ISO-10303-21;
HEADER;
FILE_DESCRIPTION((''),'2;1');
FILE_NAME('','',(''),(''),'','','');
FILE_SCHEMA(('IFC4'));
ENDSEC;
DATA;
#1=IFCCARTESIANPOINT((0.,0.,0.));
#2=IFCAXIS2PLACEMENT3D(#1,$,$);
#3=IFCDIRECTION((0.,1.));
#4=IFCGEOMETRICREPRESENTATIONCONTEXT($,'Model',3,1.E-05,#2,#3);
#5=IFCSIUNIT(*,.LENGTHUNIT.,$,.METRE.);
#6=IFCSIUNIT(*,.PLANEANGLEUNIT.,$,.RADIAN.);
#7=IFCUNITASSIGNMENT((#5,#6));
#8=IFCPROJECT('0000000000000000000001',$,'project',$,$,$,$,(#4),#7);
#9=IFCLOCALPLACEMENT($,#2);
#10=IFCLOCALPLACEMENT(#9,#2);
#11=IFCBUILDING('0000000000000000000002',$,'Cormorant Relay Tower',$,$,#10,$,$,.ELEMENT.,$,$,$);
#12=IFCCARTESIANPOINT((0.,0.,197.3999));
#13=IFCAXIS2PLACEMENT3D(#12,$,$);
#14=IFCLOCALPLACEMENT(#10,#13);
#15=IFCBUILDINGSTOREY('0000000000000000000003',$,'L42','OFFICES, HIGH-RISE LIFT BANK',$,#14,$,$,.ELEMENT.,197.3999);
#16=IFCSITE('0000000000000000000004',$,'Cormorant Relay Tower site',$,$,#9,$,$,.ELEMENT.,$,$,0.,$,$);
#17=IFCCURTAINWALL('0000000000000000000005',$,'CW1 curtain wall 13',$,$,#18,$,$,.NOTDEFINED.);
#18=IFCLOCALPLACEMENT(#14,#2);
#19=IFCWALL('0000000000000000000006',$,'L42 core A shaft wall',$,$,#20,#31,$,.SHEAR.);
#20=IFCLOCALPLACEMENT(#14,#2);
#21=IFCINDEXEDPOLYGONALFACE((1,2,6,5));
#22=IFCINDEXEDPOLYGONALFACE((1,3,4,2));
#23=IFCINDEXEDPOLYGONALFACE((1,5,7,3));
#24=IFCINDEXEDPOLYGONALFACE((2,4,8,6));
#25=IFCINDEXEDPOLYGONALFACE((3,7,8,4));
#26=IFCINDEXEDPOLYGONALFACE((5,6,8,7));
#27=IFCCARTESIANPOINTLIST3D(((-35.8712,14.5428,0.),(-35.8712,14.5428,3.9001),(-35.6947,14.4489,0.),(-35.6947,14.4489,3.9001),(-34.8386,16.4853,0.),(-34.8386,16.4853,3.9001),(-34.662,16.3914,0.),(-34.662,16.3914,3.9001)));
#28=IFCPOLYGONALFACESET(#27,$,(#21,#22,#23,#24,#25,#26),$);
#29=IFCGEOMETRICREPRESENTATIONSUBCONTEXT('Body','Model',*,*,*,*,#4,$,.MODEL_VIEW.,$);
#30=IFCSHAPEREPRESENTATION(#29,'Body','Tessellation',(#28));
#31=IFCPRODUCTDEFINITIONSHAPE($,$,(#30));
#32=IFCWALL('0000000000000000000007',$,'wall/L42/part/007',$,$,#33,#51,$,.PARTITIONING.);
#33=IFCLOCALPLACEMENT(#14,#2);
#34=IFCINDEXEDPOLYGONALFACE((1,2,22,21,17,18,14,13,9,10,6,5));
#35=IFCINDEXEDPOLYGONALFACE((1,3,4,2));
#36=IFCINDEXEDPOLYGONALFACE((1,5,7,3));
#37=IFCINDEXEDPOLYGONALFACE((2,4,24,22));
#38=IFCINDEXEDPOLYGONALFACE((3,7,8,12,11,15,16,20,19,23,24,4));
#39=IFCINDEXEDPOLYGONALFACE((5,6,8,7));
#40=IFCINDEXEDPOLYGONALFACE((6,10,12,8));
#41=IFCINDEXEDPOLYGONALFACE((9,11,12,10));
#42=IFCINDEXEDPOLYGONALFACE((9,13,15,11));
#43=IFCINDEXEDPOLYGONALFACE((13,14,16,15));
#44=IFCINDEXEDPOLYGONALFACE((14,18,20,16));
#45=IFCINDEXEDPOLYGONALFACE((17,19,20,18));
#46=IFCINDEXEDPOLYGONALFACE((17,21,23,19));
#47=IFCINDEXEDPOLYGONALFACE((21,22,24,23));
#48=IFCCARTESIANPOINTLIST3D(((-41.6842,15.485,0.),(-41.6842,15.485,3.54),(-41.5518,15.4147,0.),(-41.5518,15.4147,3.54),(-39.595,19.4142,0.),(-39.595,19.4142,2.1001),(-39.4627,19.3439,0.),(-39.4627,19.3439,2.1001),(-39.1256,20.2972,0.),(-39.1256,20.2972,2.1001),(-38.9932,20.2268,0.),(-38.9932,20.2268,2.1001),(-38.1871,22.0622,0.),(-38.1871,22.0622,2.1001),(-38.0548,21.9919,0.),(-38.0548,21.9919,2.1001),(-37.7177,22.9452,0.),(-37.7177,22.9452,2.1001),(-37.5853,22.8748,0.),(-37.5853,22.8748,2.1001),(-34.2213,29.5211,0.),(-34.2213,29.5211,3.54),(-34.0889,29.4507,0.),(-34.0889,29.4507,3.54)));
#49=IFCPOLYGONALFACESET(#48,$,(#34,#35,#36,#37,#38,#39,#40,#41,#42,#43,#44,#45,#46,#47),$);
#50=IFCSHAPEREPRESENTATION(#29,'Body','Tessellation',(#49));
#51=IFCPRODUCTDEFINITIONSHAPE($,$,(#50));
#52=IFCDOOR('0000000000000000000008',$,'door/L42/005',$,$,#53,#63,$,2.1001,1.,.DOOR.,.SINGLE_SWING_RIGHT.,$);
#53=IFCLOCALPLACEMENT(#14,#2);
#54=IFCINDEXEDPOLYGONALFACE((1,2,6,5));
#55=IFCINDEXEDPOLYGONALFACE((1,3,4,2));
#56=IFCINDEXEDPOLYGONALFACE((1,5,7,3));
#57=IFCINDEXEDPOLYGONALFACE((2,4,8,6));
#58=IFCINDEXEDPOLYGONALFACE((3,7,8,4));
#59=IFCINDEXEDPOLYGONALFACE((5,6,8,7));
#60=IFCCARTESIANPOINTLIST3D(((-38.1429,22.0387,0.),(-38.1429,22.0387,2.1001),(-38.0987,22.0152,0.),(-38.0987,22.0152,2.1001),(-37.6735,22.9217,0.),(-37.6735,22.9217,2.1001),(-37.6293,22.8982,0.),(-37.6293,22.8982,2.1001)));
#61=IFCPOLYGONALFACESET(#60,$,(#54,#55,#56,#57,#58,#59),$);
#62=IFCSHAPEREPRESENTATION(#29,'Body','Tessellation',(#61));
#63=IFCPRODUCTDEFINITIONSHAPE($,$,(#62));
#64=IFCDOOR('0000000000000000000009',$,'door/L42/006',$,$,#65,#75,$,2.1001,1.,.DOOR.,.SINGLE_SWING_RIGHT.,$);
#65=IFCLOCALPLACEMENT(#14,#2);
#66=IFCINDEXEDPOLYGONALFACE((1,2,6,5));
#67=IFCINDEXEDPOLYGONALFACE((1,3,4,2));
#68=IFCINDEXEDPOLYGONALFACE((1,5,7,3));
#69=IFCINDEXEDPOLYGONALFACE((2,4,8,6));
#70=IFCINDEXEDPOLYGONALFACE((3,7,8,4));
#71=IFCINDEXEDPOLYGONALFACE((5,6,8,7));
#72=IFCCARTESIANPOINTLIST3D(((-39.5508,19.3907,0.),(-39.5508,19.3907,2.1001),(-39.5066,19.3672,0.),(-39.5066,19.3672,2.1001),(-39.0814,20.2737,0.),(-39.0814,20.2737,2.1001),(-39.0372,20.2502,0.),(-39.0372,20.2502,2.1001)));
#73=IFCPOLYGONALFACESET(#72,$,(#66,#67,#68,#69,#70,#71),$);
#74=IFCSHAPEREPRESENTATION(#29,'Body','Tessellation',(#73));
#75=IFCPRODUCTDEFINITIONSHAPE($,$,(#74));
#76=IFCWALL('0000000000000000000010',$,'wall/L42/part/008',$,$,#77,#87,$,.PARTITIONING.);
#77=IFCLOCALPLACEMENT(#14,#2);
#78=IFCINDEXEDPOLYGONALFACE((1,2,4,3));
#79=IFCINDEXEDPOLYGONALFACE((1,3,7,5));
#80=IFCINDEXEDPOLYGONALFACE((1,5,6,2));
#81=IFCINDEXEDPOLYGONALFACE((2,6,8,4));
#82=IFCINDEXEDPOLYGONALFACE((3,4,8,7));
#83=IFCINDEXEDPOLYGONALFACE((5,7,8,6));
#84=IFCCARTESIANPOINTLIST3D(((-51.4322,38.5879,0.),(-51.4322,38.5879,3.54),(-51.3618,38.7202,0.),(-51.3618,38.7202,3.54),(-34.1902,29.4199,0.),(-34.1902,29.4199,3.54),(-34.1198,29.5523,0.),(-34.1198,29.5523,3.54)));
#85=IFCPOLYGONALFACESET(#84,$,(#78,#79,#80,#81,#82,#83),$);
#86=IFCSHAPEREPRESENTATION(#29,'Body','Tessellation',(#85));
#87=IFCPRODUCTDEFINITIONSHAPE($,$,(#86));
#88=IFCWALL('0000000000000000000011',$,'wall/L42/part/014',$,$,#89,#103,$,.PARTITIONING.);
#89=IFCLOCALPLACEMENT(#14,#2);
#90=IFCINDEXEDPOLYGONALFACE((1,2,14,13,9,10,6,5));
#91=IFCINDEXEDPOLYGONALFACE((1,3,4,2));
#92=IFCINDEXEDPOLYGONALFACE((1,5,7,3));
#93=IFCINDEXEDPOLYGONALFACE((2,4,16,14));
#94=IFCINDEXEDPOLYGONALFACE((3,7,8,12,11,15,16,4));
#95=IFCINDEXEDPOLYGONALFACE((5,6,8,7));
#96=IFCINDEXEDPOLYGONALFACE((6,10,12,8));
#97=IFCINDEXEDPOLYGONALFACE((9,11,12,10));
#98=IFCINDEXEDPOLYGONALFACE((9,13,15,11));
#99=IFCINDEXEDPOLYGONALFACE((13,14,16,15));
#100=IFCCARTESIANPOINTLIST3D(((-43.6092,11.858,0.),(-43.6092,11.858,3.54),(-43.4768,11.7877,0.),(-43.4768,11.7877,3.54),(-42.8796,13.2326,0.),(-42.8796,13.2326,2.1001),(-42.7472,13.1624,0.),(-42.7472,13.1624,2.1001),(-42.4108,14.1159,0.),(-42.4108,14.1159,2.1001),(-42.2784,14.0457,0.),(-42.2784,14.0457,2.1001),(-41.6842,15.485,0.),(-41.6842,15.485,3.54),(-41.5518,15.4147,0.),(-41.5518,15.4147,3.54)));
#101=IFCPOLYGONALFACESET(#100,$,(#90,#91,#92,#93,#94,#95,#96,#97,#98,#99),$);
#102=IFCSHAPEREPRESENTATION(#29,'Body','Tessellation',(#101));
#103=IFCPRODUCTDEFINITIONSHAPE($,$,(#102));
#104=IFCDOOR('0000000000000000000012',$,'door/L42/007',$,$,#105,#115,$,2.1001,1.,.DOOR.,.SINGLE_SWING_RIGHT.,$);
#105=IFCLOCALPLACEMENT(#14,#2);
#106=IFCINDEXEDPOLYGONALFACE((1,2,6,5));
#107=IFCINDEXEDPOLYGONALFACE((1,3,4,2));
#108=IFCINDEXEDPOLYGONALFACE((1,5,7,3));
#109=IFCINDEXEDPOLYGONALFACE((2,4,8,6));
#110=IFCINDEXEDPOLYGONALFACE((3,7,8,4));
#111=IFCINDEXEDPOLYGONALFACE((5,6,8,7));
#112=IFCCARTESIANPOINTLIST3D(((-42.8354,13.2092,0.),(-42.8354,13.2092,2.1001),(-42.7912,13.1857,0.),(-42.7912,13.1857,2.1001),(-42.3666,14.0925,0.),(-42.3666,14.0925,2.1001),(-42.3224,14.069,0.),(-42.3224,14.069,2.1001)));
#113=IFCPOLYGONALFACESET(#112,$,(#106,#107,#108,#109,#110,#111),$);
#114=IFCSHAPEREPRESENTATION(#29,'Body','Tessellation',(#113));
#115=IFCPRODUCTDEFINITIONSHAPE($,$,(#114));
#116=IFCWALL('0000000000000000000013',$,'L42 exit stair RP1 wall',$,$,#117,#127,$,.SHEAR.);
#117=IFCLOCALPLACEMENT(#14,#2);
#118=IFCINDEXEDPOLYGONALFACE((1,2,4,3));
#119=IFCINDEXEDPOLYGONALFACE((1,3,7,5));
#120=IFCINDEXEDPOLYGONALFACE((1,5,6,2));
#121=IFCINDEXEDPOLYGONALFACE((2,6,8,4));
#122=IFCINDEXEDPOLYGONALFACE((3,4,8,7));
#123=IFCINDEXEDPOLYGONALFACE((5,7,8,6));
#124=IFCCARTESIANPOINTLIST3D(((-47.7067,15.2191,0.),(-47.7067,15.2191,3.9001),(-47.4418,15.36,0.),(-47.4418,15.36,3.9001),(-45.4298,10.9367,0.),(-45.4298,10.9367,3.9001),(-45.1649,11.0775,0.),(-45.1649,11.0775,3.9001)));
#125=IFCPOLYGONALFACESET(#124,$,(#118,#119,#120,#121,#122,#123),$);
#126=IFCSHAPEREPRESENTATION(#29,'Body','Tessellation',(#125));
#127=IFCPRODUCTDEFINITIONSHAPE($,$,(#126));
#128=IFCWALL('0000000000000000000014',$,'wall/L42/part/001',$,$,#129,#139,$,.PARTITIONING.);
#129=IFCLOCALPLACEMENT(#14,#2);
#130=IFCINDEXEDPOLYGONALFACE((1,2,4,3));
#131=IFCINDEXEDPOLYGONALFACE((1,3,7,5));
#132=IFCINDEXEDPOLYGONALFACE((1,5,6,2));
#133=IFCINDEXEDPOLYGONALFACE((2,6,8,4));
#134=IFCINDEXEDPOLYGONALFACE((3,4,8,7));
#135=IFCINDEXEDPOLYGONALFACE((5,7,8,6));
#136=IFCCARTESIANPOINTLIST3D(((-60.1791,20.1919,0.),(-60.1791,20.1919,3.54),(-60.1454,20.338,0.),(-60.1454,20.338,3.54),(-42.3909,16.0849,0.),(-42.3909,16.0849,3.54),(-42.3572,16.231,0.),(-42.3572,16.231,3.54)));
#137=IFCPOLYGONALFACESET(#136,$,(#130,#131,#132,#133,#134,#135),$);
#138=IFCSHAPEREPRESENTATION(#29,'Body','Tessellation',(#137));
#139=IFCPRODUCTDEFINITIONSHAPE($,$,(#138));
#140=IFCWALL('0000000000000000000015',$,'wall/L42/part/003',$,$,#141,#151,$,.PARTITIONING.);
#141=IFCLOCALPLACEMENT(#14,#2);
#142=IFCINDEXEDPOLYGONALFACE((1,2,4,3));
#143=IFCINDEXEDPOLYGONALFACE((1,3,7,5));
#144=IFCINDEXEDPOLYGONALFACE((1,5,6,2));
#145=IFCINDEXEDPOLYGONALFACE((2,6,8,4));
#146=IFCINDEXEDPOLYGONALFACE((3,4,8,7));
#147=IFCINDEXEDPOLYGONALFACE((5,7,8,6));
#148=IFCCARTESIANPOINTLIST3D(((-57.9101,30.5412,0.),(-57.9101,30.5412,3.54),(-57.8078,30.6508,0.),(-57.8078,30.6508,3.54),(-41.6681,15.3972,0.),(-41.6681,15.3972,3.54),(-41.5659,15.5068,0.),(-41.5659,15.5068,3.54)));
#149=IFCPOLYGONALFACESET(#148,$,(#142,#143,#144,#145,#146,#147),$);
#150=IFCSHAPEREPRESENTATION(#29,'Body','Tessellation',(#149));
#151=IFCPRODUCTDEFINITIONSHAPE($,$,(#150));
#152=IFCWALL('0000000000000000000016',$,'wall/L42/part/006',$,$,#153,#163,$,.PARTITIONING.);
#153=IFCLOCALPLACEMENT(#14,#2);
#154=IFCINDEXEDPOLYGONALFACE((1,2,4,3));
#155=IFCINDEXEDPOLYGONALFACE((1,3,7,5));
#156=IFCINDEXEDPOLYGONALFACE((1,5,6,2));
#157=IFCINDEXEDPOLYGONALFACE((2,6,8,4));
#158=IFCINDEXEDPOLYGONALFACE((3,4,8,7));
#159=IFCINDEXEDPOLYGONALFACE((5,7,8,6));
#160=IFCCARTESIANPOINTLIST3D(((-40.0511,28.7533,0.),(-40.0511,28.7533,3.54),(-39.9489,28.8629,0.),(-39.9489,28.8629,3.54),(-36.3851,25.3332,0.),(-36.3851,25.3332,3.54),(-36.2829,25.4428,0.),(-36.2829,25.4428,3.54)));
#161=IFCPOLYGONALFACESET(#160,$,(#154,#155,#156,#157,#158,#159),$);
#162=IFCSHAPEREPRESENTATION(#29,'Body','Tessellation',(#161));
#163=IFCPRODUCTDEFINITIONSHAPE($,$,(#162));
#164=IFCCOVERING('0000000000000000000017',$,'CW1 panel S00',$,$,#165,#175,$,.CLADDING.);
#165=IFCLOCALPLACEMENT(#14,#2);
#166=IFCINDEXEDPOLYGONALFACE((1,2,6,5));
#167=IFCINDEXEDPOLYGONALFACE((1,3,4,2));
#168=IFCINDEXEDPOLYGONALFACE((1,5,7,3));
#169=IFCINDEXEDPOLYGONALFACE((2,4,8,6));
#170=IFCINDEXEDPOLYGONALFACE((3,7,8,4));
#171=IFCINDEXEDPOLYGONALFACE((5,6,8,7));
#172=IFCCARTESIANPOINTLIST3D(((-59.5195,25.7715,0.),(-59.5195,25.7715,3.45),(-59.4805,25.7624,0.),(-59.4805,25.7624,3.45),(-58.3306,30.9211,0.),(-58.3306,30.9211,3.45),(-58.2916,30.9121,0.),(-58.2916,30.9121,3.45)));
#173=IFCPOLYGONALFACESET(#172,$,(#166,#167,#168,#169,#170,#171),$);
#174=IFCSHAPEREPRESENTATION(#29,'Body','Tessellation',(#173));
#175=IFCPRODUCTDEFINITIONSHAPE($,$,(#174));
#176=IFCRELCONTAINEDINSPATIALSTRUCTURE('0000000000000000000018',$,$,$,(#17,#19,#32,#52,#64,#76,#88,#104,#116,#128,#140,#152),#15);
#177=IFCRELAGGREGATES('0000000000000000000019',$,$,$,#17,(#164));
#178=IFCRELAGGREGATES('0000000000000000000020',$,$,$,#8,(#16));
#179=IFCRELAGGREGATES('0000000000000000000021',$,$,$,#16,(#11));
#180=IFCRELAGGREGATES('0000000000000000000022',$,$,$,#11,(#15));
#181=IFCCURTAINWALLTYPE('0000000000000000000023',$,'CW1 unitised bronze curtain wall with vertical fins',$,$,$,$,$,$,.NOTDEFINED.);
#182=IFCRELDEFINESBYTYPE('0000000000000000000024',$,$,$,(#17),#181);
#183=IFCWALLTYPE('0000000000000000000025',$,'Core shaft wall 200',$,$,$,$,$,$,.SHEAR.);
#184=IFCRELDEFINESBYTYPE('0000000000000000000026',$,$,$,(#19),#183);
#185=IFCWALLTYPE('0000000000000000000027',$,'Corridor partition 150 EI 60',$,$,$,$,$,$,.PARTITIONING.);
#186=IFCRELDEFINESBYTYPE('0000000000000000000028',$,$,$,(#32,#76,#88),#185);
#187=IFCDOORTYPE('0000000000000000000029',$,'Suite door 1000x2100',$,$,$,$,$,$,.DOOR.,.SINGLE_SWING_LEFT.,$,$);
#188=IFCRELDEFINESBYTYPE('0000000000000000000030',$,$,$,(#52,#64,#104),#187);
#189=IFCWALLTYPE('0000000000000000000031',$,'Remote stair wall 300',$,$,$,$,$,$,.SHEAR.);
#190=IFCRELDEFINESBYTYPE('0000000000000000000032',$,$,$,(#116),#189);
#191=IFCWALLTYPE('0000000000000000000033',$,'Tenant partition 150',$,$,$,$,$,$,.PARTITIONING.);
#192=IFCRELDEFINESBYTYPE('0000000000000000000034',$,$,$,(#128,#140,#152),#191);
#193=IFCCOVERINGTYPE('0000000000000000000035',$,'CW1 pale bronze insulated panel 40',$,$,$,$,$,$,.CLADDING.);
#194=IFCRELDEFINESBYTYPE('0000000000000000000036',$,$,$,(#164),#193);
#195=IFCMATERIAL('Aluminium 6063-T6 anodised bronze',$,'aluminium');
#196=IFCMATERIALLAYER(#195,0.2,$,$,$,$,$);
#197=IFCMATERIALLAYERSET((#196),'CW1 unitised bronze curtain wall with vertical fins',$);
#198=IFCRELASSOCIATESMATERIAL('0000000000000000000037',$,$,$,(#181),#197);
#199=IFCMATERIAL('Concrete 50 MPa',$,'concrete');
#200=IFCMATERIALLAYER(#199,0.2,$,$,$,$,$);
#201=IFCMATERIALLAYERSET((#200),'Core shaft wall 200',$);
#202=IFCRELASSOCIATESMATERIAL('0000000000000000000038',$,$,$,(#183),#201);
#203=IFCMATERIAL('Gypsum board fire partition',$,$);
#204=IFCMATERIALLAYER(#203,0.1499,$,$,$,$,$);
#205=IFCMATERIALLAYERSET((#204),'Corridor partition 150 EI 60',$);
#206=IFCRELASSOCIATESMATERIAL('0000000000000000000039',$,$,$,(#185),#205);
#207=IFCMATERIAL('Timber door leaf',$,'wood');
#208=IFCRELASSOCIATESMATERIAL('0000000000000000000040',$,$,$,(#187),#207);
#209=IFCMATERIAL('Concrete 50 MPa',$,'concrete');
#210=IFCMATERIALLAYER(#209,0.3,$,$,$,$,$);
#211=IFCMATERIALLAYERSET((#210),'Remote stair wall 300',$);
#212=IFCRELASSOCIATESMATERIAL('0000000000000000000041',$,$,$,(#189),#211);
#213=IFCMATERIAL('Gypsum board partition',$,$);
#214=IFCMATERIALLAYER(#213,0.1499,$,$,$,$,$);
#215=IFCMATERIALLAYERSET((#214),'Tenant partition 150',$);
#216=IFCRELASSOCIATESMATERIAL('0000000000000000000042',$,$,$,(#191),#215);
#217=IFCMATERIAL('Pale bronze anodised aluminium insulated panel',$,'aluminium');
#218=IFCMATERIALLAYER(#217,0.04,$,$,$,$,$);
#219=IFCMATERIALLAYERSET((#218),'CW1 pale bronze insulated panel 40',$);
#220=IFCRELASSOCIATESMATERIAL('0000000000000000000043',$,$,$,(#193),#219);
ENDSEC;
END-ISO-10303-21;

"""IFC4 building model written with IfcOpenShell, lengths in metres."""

from ifc_helpers import new_model, si_unit, direction, frame, frame_2d, origin, origin_2d, place, context, subcontext, project, spatial, rectangle, extrude, material, layer, layer_set, type_object, element, fill, aggregate, save


model = new_model("IFC4")

# Units and contexts
model_context = context("Model", 3, precision=1e-05, world=origin(), true_north=direction((0.0, 1.0)))
body_context = subcontext(model_context, "Body", "Model", "MODEL_VIEW")
ifc_project = project(units=[si_unit("LENGTHUNIT", "METRE"), si_unit("PLANEANGLEUNIT", "RADIAN")], contexts=[model_context])

# Site, building, storey
site_placement = place(None, origin())
site = spatial("IfcSite", under=ifc_project, at=site_placement, Name="Cormorant Relay Tower site", CompositionType="ELEMENT", RefElevation=0.0)
building_placement = place(site_placement, origin())
building = spatial("IfcBuilding", under=site, at=building_placement, Name="Cormorant Relay Tower", CompositionType="ELEMENT")
storey_placement = place(building_placement, frame((0.0, 0.0, 197.3999)))
storey = spatial("IfcBuildingStorey", under=building, at=storey_placement, Name="L42", Description="OFFICES, HIGH-RISE LIFT BANK", CompositionType="ELEMENT", Elevation=197.3999)

# Curtain wall
ifc_material_1 = material(Name="Aluminium 6063-T6 anodised bronze", Category="aluminium")
ifc_layer_1 = layer(ifc_material_1, 0.2)
ifc_layer_set_1 = layer_set([ifc_layer_1], Name="CW1 unitised bronze curtain wall with vertical fins")
curtain_wall_type = type_object("IfcCurtainWallType", Name="CW1 unitised bronze curtain wall with vertical fins", PredefinedType="NOTDEFINED", material=ifc_layer_set_1)
curtain_wall_1_placement = place(storey_placement, origin())
curtain_wall_1 = element("IfcCurtainWall", 1, at=curtain_wall_1_placement, inside=storey, type_object=curtain_wall_type, Name="CW1 curtain wall 13", PredefinedType="NOTDEFINED")

# Wall
ifc_material_2 = material(Name="Concrete 50 MPa", Category="concrete")
ifc_layer_2 = layer(ifc_material_2, 0.2)
ifc_layer_set_2 = layer_set([ifc_layer_2], Name="Core shaft wall 200")
wall_type_1 = type_object("IfcWallType", Name="Core shaft wall 200", PredefinedType="SHEAR", material=ifc_layer_set_2)
wall_1_placement = place(storey_placement, frame((-34.7502, 16.4385, 0.0), z_axis=(0.0, 0.0, 1.0), x_axis=(-0.469401, -0.882985, 0.0)))
element("IfcWall", 2, at=wall_1_placement, inside=storey, type_object=wall_type_1, Name="L42 core A shaft wall", PredefinedType="SHEAR", context=body_context, shape_type="SweptSolid", body=[
    extrude(rectangle(XDim=2.2, YDim=0.2, at=frame_2d((1.1001, 0.0))), origin(), (0.0, 0.0, 1.0), 3.9001),
])

# Wall, openings, doors
ifc_material_3 = material(Name="Gypsum board fire partition")
ifc_layer_3 = layer(ifc_material_3, 0.1499)
ifc_layer_set_3 = layer_set([ifc_layer_3], Name="Corridor partition 150 EI 60")
wall_type_2 = type_object("IfcWallType", Name="Corridor partition 150 EI 60", PredefinedType="PARTITIONING", material=ifc_layer_set_3)
wall_2_placement = place(storey_placement, frame((-41.6179, 15.45, 0.0), z_axis=(0.0, 0.0, 1.0), x_axis=(0.469459, 0.882954, 0.0)))
wall_2 = element("IfcWall", 3, at=wall_2_placement, inside=storey, type_object=wall_type_2, Name="wall/L42/part/007", PredefinedType="PARTITIONING", context=body_context, shape_type="SweptSolid", body=[
    extrude(rectangle(XDim=15.8967, YDim=0.1499, at=frame_2d((7.9482, 0.0))), origin(), (0.0, 0.0, 1.0), 3.54),
])
opening_1_placement = place(wall_2_placement, frame((7.449, 0.0, 0.0)))
opening_1 = element("IfcOpeningElement", 4, at=opening_1_placement, cuts=wall_2, PredefinedType="OPENING", context=body_context, shape_type="SweptSolid", body=[
    extrude(rectangle(XDim=1.0, YDim=2.1001, at=frame_2d((0.5, 1.05))), frame((0.0, 0.085, 0.0), z_axis=(0.0, -1.0, 0.0), x_axis=(1.0, 0.0, 0.0)), (0.0, 0.0, 1.0), 0.1699),
])
opening_2_placement = place(wall_2_placement, frame((4.45, 0.0, 0.0)))
opening_2 = element("IfcOpeningElement", 5, at=opening_2_placement, cuts=wall_2, PredefinedType="OPENING", context=body_context, shape_type="SweptSolid", body=[
    extrude(rectangle(XDim=1.0, YDim=2.1001, at=frame_2d((0.5, 1.05))), frame((0.0, 0.085, 0.0), z_axis=(0.0, -1.0, 0.0), x_axis=(1.0, 0.0, 0.0)), (0.0, 0.0, 1.0), 0.1699),
])
ifc_material_4 = material(Name="Timber door leaf", Category="wood")
door_type = type_object("IfcDoorType", Name="Suite door 1000x2100", OperationType="SINGLE_SWING_LEFT", PredefinedType="DOOR", material=ifc_material_4)
door_1_placement = place(opening_1_placement, origin())
door_1 = element("IfcDoor", 6, at=door_1_placement, inside=storey, type_object=door_type, Name="door/L42/005", OperationType="SINGLE_SWING_RIGHT", OverallHeight=2.1001, OverallWidth=1.0, PredefinedType="DOOR", context=body_context, shape_type="SweptSolid", body=[
    extrude(rectangle(XDim=1.0, YDim=2.1001, at=frame_2d((0.5, 1.05))), frame((0.0, 0.0249, 0.0), z_axis=(0.0, -1.0, 0.0), x_axis=(1.0, 0.0, 0.0)), (0.0, 0.0, 1.0), 0.05),
])
fill(opening_1, door_1)
door_2_placement = place(opening_2_placement, origin())
door_2 = element("IfcDoor", 7, at=door_2_placement, inside=storey, type_object=door_type, Name="door/L42/006", OperationType="SINGLE_SWING_RIGHT", OverallHeight=2.1001, OverallWidth=1.0, PredefinedType="DOOR", context=body_context, shape_type="SweptSolid", body=[
    extrude(rectangle(XDim=1.0, YDim=2.1001, at=frame_2d((0.5, 1.05))), frame((0.0, 0.0249, 0.0), z_axis=(0.0, -1.0, 0.0), x_axis=(1.0, 0.0, 0.0)), (0.0, 0.0, 1.0), 0.05),
])
fill(opening_2, door_2)

# Wall
wall_3_placement = place(storey_placement, frame((-34.155, 29.4861, 0.0), z_axis=(0.0, 0.0, 1.0), x_axis=(-0.882942, 0.469482, 0.0)))
element("IfcWall", 8, at=wall_3_placement, inside=storey, type_object=wall_type_2, Name="wall/L42/part/008", PredefinedType="PARTITIONING", context=body_context, shape_type="SweptSolid", body=[
    extrude(rectangle(XDim=19.5278, YDim=0.1499, at=frame_2d((9.7639, 0.0))), origin(), (0.0, 0.0, 1.0), 3.54),
])

# Wall, opening, door
wall_4_placement = place(storey_placement, frame((-41.6179, 15.45, 0.0), z_axis=(0.0, 0.0, 1.0), x_axis=(-0.468819, -0.883294, 0.0)))
wall_4 = element("IfcWall", 9, at=wall_4_placement, inside=storey, type_object=wall_type_2, Name="wall/L42/part/014", PredefinedType="PARTITIONING", context=body_context, shape_type="SweptSolid", body=[
    extrude(rectangle(XDim=4.1062, YDim=0.1499, at=frame_2d((2.0532, 0.0))), origin(), (0.0, 0.0, 1.0), 3.54),
])
opening_3_placement = place(wall_4_placement, frame((1.55, 0.0, 0.0)))
opening_3 = element("IfcOpeningElement", 10, at=opening_3_placement, cuts=wall_4, PredefinedType="OPENING", context=body_context, shape_type="SweptSolid", body=[
    extrude(rectangle(XDim=1.0, YDim=2.1001, at=frame_2d((0.5, 1.05))), frame((0.0, 0.085, 0.0), z_axis=(0.0, -1.0, 0.0), x_axis=(1.0, 0.0, 0.0)), (0.0, 0.0, 1.0), 0.1699),
])
door_3_placement = place(opening_3_placement, frame((1.0, 0.0, 0.0), z_axis=(0.0, 0.0, 1.0), x_axis=(-1.0, 0.0, 0.0)))
door_3 = element("IfcDoor", 11, at=door_3_placement, inside=storey, type_object=door_type, Name="door/L42/007", OperationType="SINGLE_SWING_RIGHT", OverallHeight=2.1001, OverallWidth=1.0, PredefinedType="DOOR", context=body_context, shape_type="SweptSolid", body=[
    extrude(rectangle(XDim=1.0, YDim=2.1001, at=frame_2d((0.5, 1.05))), frame((0.0, 0.0249, 0.0), z_axis=(0.0, -1.0, 0.0), x_axis=(1.0, 0.0, 0.0)), (0.0, 0.0, 1.0), 0.05),
])
fill(opening_3, door_3)

# Walls
ifc_material_5 = material(Name="Concrete 50 MPa", Category="concrete")
ifc_layer_4 = layer(ifc_material_5, 0.3)
ifc_layer_set_4 = layer_set([ifc_layer_4], Name="Remote stair wall 300")
wall_type_3 = type_object("IfcWallType", Name="Remote stair wall 300", PredefinedType="SHEAR", material=ifc_layer_set_4)
wall_5_placement = place(storey_placement, frame((-47.5742, 15.2896, 0.0), z_axis=(0.0, 0.0, 1.0), x_axis=(0.469443, -0.882963, 0.0)))
element("IfcWall", 12, at=wall_5_placement, inside=storey, type_object=wall_type_3, Name="L42 exit stair RP1 wall", PredefinedType="SHEAR", context=body_context, shape_type="SweptSolid", body=[
    extrude(rectangle(XDim=4.8501, YDim=0.3, at=frame_2d((2.425, 0.0))), origin(), (0.0, 0.0, 1.0), 3.9001),
])
ifc_material_6 = material(Name="Gypsum board partition")
ifc_layer_5 = layer(ifc_material_6, 0.1499)
ifc_layer_set_5 = layer_set([ifc_layer_5], Name="Tenant partition 150")
wall_type_4 = type_object("IfcWallType", Name="Tenant partition 150", PredefinedType="PARTITIONING", material=ifc_layer_set_5)
wall_6_placement = place(storey_placement, frame((-60.1621, 20.2649, 0.0), z_axis=(0.0, 0.0, 1.0), x_axis=(0.974367, -0.224963, 0.0)))
element("IfcWall", 13, at=wall_6_placement, inside=storey, type_object=wall_type_4, Name="wall/L42/part/001", PredefinedType="PARTITIONING", context=body_context, shape_type="SweptSolid", body=[
    extrude(rectangle(XDim=18.2561, YDim=0.1499, at=frame_2d((9.1279, 0.0))), origin(), (0.0, 0.0, 1.0), 3.54),
])
wall_7_placement = place(storey_placement, frame((-41.6169, 15.4519, 0.0), z_axis=(0.0, 0.0, 1.0), x_axis=(-0.731394, 0.681955, 0.0)))
element("IfcWall", 14, at=wall_7_placement, inside=storey, type_object=wall_type_4, Name="wall/L42/part/003", PredefinedType="PARTITIONING", context=body_context, shape_type="SweptSolid", body=[
    extrude(rectangle(XDim=22.2068, YDim=0.1499, at=frame_2d((11.1035, 0.0))), origin(), (0.0, 0.0, 1.0), 3.54),
])
wall_8_placement = place(storey_placement, frame((-40.0, 28.8081, 0.0), z_axis=(0.0, 0.0, 1.0), x_axis=(0.731199, -0.682164, 0.0)))
element("IfcWall", 15, at=wall_8_placement, inside=storey, type_object=wall_type_4, Name="wall/L42/part/006", PredefinedType="PARTITIONING", context=body_context, shape_type="SweptSolid", body=[
    extrude(rectangle(XDim=5.0137, YDim=0.1499, at=frame_2d((2.5068, 0.0))), origin(), (0.0, 0.0, 1.0), 3.54),
])

# Covering
ifc_material_7 = material(Name="Pale bronze anodised aluminium insulated panel", Category="aluminium")
ifc_layer_6 = layer(ifc_material_7, 0.04)
ifc_layer_set_6 = layer_set([ifc_layer_6], Name="CW1 pale bronze insulated panel 40")
covering_type = type_object("IfcCoveringType", Name="CW1 pale bronze insulated panel 40", PredefinedType="CLADDING", material=ifc_layer_set_6)
covering_1_placement = place(storey_placement, frame((-58.9055, 28.3418, 0.0), z_axis=(0.0, 0.0, 1.0), x_axis=(-0.224951, -0.97437, 0.0)))
covering_1 = element("IfcCovering", 16, at=covering_1_placement, type_object=covering_type, Name="CW1 panel S00", PredefinedType="CLADDING", context=body_context, shape_type="SweptSolid", body=[
    extrude(rectangle(XDim=5.2852, YDim=0.04, at=origin_2d()), origin(), (0.0, 0.0, 1.0), 3.45),
])
aggregate(curtain_wall_1, [covering_1])

save(model, "model.ifc")
